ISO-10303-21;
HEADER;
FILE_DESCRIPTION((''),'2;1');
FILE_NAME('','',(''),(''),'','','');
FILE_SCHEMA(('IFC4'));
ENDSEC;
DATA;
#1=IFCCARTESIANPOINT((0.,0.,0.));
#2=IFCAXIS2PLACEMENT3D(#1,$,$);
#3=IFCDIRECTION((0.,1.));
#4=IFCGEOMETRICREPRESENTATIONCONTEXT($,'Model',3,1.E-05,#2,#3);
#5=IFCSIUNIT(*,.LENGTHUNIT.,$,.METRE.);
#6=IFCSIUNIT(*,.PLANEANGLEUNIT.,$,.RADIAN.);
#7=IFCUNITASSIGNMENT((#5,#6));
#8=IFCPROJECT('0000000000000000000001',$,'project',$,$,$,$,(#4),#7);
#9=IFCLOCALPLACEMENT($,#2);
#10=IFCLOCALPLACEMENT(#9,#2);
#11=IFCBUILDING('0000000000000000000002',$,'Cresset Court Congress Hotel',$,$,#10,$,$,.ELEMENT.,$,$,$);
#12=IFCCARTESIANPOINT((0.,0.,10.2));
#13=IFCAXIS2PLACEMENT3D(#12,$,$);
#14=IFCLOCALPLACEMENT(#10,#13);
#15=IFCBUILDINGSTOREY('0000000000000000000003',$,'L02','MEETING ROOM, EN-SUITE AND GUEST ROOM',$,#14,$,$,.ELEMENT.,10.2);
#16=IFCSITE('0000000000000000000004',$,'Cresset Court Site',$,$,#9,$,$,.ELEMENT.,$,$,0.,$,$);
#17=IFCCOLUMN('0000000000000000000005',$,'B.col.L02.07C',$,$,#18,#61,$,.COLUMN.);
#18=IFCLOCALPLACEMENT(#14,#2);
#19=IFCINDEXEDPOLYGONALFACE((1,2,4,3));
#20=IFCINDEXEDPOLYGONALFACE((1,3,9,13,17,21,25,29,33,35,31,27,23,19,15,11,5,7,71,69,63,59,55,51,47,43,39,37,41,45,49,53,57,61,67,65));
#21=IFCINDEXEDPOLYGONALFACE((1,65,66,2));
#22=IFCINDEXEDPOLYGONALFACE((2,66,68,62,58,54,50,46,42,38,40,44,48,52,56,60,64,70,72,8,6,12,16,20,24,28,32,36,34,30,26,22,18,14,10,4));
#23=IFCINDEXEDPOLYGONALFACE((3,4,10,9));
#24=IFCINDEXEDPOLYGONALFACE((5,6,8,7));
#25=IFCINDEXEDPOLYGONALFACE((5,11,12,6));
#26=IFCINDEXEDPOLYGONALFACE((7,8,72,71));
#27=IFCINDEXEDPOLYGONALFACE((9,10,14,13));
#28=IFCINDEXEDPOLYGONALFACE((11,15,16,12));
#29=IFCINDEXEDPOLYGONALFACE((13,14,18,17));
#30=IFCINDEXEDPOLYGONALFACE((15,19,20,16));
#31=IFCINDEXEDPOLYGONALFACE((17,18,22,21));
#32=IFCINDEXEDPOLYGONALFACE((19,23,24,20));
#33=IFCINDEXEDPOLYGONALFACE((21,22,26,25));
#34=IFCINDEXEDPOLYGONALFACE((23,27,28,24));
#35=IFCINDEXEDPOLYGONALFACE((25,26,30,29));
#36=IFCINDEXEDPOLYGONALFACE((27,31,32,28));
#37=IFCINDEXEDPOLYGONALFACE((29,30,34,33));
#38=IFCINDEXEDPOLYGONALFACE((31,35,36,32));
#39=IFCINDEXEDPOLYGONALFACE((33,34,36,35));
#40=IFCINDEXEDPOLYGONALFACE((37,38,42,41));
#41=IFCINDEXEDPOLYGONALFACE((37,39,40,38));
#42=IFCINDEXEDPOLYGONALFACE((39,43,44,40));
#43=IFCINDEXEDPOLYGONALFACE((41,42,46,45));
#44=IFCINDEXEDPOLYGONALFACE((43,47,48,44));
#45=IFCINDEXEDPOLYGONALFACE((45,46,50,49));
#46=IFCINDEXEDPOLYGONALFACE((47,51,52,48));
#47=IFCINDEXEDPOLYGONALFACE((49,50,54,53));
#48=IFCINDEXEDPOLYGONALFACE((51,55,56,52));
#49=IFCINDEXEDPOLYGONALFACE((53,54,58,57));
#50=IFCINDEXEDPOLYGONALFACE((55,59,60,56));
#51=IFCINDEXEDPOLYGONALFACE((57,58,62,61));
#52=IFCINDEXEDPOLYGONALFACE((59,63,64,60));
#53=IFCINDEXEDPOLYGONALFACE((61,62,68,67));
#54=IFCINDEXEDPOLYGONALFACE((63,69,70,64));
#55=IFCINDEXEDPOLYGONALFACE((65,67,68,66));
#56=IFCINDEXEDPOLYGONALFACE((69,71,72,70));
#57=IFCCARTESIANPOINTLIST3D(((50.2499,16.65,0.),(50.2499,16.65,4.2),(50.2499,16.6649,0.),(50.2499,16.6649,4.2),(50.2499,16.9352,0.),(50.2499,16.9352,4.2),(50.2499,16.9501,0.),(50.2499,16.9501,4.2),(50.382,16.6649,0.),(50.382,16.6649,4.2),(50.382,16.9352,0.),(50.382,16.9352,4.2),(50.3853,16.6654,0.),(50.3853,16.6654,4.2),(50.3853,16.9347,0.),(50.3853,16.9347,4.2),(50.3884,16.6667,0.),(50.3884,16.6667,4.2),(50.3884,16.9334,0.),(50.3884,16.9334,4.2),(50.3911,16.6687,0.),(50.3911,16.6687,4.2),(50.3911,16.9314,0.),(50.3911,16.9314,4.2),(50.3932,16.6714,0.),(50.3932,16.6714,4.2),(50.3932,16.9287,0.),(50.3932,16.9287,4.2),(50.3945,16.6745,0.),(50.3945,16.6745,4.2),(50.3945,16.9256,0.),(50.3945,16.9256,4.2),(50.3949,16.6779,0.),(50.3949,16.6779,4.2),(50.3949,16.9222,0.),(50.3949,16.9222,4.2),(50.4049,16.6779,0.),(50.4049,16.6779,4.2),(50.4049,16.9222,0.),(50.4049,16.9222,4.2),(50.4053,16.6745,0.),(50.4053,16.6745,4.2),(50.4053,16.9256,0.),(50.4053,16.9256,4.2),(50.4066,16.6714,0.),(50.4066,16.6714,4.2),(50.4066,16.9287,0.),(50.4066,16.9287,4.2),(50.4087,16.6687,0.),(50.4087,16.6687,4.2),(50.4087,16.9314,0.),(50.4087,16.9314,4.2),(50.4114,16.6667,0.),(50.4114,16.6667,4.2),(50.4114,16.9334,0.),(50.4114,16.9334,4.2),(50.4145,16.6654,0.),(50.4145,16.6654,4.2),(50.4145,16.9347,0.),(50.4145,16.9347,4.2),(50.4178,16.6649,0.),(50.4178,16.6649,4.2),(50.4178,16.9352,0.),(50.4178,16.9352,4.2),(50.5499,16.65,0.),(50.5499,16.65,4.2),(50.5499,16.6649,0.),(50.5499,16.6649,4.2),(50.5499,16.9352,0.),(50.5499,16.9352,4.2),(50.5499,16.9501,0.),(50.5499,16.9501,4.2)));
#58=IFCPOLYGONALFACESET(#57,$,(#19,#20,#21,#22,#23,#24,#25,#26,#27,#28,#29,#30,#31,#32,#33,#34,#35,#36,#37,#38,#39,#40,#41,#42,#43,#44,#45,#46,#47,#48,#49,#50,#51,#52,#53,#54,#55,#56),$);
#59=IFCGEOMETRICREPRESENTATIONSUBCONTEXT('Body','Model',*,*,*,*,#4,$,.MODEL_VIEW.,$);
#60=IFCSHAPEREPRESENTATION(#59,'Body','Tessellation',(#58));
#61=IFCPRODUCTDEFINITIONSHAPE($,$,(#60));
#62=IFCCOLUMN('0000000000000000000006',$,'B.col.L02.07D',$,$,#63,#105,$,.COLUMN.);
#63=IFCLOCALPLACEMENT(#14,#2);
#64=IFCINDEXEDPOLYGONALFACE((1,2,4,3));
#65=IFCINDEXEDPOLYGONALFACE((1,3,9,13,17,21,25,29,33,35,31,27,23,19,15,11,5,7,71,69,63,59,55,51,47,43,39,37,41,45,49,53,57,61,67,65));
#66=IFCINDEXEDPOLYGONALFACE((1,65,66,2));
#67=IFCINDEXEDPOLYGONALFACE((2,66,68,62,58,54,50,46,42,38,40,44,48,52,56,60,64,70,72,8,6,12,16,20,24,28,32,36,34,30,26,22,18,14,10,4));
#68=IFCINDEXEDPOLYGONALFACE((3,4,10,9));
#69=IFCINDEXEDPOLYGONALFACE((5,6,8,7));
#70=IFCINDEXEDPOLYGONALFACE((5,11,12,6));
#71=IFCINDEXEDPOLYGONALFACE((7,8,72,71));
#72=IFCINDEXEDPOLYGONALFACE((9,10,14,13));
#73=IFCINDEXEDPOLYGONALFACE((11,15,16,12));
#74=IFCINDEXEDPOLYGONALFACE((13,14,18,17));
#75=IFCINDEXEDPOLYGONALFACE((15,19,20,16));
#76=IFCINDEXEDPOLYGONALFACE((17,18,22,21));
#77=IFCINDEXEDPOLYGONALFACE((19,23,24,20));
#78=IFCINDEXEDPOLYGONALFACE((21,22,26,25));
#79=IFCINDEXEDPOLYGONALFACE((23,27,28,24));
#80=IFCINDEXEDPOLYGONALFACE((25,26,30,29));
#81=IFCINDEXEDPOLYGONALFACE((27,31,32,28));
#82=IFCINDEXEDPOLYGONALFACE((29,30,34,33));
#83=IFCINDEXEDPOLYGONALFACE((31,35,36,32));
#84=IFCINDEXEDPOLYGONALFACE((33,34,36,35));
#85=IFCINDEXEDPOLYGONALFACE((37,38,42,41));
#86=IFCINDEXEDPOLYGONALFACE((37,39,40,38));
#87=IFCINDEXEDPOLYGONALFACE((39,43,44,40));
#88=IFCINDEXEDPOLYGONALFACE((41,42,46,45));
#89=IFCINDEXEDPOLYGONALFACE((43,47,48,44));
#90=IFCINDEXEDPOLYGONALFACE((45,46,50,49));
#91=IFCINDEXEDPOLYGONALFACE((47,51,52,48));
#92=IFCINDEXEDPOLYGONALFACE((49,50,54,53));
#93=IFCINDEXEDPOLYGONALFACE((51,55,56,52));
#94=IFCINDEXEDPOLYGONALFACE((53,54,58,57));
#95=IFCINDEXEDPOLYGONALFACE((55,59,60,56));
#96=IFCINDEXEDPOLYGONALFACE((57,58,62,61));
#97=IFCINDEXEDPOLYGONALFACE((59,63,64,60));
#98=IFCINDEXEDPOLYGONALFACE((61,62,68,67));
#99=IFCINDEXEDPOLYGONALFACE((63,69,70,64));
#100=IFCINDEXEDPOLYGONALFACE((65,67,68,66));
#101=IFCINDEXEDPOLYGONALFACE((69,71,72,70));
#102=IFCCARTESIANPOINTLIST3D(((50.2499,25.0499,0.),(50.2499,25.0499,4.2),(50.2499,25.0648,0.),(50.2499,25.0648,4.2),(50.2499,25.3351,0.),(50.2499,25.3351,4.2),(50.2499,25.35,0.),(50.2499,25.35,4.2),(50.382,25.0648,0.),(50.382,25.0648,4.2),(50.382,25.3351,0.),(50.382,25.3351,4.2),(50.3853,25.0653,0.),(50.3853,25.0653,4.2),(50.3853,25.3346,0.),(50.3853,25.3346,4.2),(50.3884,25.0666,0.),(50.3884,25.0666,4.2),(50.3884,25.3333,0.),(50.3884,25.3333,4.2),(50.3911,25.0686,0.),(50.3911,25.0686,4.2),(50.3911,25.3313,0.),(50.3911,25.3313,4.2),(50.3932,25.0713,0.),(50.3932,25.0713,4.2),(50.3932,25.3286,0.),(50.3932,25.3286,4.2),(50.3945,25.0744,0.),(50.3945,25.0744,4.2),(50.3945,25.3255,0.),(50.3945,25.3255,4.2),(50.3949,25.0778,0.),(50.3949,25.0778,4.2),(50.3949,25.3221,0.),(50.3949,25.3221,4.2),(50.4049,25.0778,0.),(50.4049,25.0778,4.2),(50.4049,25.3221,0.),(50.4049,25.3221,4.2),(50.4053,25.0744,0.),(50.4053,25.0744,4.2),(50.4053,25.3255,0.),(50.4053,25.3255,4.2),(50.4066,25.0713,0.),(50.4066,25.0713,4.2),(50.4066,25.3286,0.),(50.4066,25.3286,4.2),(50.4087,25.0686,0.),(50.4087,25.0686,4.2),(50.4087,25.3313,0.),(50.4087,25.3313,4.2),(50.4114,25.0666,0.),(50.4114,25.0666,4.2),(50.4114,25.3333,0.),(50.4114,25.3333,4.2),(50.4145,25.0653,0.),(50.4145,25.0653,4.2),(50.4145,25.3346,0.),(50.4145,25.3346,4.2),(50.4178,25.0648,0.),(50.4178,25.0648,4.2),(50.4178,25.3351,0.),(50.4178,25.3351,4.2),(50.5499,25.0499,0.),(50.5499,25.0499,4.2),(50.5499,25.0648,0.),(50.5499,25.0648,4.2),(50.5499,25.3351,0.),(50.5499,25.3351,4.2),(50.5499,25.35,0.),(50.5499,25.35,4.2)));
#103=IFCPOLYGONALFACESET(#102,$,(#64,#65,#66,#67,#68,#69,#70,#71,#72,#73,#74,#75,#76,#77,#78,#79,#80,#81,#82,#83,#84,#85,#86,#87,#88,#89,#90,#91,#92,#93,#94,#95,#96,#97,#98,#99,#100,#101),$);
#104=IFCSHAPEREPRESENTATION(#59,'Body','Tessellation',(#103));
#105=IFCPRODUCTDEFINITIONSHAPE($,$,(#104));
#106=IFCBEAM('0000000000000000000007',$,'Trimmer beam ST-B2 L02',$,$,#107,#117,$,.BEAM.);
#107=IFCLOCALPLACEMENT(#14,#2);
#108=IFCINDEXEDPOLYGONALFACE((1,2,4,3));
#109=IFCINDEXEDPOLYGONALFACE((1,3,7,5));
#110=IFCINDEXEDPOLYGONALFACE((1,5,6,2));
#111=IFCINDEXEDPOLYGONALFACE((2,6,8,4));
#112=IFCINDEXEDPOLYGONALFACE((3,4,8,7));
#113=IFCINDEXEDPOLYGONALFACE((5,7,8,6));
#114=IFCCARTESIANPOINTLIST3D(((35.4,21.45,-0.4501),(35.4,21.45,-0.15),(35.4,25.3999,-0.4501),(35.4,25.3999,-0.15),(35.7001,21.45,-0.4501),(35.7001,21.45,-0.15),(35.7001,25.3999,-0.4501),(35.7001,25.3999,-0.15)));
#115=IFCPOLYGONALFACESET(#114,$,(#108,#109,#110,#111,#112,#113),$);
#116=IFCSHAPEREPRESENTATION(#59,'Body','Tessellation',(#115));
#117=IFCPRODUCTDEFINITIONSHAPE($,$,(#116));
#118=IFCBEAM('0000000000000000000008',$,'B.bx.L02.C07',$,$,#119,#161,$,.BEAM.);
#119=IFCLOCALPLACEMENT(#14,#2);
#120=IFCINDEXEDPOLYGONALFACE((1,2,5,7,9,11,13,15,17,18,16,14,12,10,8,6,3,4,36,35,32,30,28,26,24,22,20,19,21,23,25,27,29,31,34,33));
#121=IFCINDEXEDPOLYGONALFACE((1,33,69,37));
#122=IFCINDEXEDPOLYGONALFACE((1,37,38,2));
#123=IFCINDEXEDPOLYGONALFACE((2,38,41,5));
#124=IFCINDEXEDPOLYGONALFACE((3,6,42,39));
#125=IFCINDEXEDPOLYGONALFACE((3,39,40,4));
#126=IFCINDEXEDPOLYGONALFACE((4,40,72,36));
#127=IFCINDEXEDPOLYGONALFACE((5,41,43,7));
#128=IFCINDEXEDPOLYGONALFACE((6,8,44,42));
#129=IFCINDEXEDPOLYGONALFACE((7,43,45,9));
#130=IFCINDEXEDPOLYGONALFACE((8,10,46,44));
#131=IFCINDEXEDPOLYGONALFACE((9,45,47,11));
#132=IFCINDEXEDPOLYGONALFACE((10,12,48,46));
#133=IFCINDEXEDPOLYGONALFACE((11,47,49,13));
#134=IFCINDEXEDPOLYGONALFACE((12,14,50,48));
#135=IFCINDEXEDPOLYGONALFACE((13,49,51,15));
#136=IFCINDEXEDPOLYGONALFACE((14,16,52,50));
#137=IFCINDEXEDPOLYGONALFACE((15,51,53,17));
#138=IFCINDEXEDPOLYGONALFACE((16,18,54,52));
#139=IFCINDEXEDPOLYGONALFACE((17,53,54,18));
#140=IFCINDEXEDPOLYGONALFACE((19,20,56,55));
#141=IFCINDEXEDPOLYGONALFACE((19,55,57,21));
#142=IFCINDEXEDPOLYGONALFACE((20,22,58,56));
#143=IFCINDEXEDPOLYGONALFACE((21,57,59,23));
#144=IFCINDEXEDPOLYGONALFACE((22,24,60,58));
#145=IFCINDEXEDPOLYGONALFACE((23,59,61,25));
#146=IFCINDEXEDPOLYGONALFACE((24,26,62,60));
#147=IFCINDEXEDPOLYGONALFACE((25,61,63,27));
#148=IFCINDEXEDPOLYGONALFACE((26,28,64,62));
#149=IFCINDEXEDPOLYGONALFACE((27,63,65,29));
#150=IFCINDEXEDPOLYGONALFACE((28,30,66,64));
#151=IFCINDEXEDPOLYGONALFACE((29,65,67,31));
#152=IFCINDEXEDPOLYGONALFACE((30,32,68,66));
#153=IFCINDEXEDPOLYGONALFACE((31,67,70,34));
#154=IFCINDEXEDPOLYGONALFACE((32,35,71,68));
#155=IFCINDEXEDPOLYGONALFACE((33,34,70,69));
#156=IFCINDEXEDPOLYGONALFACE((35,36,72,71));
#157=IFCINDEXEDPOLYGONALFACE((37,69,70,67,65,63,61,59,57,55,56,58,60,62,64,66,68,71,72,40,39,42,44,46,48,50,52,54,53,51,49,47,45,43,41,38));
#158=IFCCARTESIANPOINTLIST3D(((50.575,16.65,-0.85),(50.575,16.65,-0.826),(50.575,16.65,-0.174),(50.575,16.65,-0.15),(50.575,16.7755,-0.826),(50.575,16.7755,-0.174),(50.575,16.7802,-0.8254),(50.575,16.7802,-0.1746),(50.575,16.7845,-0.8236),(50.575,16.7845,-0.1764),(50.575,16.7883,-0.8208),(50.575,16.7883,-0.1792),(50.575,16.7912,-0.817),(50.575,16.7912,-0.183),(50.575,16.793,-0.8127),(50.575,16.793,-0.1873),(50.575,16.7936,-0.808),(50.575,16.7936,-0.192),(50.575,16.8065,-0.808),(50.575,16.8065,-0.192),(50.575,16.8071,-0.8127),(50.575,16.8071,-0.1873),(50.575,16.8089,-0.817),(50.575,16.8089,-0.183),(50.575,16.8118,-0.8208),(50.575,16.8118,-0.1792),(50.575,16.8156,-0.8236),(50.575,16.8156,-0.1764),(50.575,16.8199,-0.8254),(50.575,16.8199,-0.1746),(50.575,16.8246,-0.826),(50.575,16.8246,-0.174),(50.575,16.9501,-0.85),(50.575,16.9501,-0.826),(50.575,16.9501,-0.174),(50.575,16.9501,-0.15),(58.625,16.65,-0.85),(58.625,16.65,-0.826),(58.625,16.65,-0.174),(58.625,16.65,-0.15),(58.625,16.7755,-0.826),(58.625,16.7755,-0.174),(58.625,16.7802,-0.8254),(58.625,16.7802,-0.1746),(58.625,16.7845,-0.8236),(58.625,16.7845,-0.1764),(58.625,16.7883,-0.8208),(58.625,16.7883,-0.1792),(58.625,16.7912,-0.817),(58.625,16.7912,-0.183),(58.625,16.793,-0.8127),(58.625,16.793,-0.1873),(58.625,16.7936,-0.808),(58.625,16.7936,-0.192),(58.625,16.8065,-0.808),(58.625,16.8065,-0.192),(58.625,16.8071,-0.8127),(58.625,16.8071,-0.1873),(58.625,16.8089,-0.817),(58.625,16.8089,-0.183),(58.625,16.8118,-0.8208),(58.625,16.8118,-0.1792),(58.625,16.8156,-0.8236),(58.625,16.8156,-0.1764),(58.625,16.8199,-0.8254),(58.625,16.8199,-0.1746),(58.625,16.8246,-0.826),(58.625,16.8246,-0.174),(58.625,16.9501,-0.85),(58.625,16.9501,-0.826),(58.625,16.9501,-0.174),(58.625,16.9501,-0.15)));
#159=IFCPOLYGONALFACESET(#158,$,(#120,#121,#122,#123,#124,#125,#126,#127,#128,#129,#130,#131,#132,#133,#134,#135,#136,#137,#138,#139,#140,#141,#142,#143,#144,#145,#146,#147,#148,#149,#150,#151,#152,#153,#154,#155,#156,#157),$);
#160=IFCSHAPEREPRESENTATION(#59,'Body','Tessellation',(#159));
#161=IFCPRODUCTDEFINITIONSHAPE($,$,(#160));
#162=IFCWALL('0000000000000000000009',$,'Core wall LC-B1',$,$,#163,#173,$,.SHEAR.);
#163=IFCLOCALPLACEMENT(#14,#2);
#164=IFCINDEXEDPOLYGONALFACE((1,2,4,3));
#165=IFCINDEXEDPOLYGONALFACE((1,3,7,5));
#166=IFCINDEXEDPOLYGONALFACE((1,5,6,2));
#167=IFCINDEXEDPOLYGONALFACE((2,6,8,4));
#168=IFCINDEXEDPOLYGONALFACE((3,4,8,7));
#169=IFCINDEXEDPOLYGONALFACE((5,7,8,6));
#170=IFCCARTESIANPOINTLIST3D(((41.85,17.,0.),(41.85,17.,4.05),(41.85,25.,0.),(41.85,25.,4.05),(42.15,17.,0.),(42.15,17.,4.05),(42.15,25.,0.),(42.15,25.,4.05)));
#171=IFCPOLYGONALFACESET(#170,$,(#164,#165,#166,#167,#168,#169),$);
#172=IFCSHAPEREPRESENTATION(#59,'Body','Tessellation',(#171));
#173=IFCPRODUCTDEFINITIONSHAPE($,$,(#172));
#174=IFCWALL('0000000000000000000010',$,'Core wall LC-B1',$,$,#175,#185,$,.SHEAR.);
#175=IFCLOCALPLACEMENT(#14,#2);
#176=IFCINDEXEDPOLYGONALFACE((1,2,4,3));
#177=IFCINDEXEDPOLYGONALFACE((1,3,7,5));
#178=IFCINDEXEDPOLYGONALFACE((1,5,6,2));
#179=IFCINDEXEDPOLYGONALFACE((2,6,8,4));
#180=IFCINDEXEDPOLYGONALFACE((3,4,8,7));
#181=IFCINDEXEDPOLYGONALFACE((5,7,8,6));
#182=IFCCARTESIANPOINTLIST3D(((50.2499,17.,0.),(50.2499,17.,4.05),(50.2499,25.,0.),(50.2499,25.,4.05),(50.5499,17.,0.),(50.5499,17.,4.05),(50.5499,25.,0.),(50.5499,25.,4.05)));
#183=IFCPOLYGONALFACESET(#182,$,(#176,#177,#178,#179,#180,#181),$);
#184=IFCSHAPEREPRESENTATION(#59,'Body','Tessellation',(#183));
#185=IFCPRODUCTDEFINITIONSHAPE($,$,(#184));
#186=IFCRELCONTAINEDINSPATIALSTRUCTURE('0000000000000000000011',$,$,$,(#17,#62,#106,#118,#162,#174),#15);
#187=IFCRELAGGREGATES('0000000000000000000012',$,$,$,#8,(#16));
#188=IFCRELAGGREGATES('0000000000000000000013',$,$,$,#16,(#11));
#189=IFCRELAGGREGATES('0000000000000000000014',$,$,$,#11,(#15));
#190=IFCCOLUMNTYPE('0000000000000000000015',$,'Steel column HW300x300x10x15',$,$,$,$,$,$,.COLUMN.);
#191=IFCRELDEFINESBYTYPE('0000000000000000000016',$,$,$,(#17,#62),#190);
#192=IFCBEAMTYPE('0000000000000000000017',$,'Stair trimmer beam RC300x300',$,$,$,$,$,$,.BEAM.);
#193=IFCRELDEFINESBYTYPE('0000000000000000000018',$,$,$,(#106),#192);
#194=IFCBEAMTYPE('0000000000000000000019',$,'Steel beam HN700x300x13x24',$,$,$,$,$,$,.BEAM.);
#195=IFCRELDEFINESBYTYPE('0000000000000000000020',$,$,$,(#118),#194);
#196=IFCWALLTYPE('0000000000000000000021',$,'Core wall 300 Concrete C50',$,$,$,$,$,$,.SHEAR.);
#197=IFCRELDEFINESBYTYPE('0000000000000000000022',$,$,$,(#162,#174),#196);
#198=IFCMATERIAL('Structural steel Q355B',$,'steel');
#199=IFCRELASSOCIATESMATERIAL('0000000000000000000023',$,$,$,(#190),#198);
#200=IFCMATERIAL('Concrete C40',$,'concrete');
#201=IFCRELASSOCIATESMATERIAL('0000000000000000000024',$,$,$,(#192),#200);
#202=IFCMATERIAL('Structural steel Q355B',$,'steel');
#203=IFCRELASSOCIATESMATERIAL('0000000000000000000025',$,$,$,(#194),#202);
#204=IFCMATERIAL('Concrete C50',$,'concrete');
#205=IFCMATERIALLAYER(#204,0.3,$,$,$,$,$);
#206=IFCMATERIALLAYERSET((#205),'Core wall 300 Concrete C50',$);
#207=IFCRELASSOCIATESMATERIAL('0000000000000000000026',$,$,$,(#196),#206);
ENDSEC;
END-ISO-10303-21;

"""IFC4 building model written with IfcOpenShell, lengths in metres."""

from ifc_helpers import new_model, si_unit, direction, frame, frame_2d, origin, origin_2d, place, context, subcontext, project, spatial, rectangle, i_section, extrude, material, layer, layer_set, material_profile, profile_set, type_object, element, save


model = new_model("IFC4")

# Units and contexts
model_context = context("Model", 3, precision=1e-05, world=origin(), true_north=direction((0.0, 1.0)))
body_context = subcontext(model_context, "Body", "Model", "MODEL_VIEW")
ifc_project = project(units=[si_unit("LENGTHUNIT", "METRE"), si_unit("PLANEANGLEUNIT", "RADIAN")], contexts=[model_context])

# Site, building, storey
site_placement = place(None, origin())
site = spatial("IfcSite", under=ifc_project, at=site_placement, Name="Cresset Court Site", CompositionType="ELEMENT", RefElevation=0.0)
building_placement = place(site_placement, origin())
building = spatial("IfcBuilding", under=site, at=building_placement, Name="Cresset Court Congress Hotel", CompositionType="ELEMENT")
storey_placement = place(building_placement, frame((0.0, 0.0, 10.2)))
storey = spatial("IfcBuildingStorey", under=building, at=storey_placement, Name="L02", Description="MEETING ROOM, EN-SUITE AND GUEST ROOM", CompositionType="ELEMENT", Elevation=10.2)

# Columns
ifc_material_1 = material(Name="Structural steel Q355B", Category="steel")
ifc_material_profile_1 = material_profile(ifc_material_1, i_section(OverallWidth=0.3, OverallDepth=0.3, WebThickness=0.01, FlangeThickness=0.0149, FilletRadius=0.0129, at=origin_2d()), Name="HW300x300x10x15")
ifc_profile_set_1 = profile_set([ifc_material_profile_1], Name="Structural steel Q355B")
column_type = type_object("IfcColumnType", Name="Steel column HW300x300x10x15", PredefinedType="COLUMN", material=ifc_profile_set_1)
for number, where, z_axis, x_axis, name in (
    (1, (50.3999, 16.8, 0.0), (0.0, 0.0, 1.0), (1.0, 0.0, 0.0), "B.col.L02.07C"),
    (2, (50.3999, 25.2, 0.0), (0.0, 0.0, 1.0), (1.0, 0.0, 0.0), "B.col.L02.07D"),
):
    element("IfcColumn", number, at=place(storey_placement, frame(where, z_axis=z_axis, x_axis=x_axis)), inside=storey, type_object=column_type, Name=name, PredefinedType="COLUMN", context=body_context, shape_type="SweptSolid", body=[
        extrude(i_section(OverallWidth=0.3, OverallDepth=0.3, WebThickness=0.01, FlangeThickness=0.0149, FilletRadius=0.0129, at=origin_2d()), origin(), (0.0, 0.0, 1.0), 4.2),
    ])

# Beams
ifc_material_2 = material(Name="Concrete C40", Category="concrete")
ifc_material_profile_2 = material_profile(ifc_material_2, rectangle(XDim=0.3, YDim=0.3, at=origin_2d()), Name="RC300x300")
ifc_profile_set_2 = profile_set([ifc_material_profile_2], Name="Concrete C40")
beam_type_1 = type_object("IfcBeamType", Name="Stair trimmer beam RC300x300", PredefinedType="BEAM", material=ifc_profile_set_2)
beam_1_placement = place(storey_placement, frame((35.55, 21.45, -0.3), z_axis=(0.0, 1.0, 0.0), x_axis=(-1.0, 0.0, 0.0)))
element("IfcBeam", 3, at=beam_1_placement, inside=storey, type_object=beam_type_1, Name="Trimmer beam ST-B2 L02", PredefinedType="BEAM", context=body_context, shape_type="SweptSolid", body=[
    extrude(rectangle(XDim=0.3, YDim=0.3, at=origin_2d()), origin(), (0.0, 0.0, 1.0), 3.95),
])
ifc_material_3 = material(Name="Structural steel Q355B", Category="steel")
ifc_material_profile_3 = material_profile(ifc_material_3, i_section(OverallWidth=0.3, OverallDepth=0.7, WebThickness=0.0129, FlangeThickness=0.0239, FilletRadius=0.0181, at=origin_2d()), Name="HN700x300x13x24")
ifc_profile_set_3 = profile_set([ifc_material_profile_3], Name="Structural steel Q355B")
beam_type_2 = type_object("IfcBeamType", Name="Steel beam HN700x300x13x24", PredefinedType="BEAM", material=ifc_profile_set_3)
beam_2_placement = place(storey_placement, frame((50.575, 16.8, -0.5), z_axis=(1.0, 0.0, 0.0), x_axis=(0.0, 1.0, 0.0)))
element("IfcBeam", 4, at=beam_2_placement, inside=storey, type_object=beam_type_2, Name="B.bx.L02.C07", PredefinedType="BEAM", context=body_context, shape_type="SweptSolid", body=[
    extrude(i_section(OverallWidth=0.3, OverallDepth=0.7, WebThickness=0.0129, FlangeThickness=0.0239, FilletRadius=0.0181, at=origin_2d()), origin(), (0.0, 0.0, 1.0), 8.05),
])

# Walls
ifc_material_4 = material(Name="Concrete C50", Category="concrete")
ifc_layer_1 = layer(ifc_material_4, 0.3)
ifc_layer_set_1 = layer_set([ifc_layer_1], Name="Core wall 300 Concrete C50")
wall_type_1 = type_object("IfcWallType", Name="Core wall 300 Concrete C50", PredefinedType="SHEAR", material=ifc_layer_set_1)
for number, where, z_axis, x_axis, name in (
    (5, (42.0, 17.0, 0.0), (0.0, 0.0, 1.0), (0.0, 1.0, 0.0), "Core wall LC-B1"),
    (6, (50.3999, 17.0, 0.0), (0.0, 0.0, 1.0), (0.0, 1.0, 0.0), "Core wall LC-B1"),
):
    element("IfcWall", number, at=place(storey_placement, frame(where, z_axis=z_axis, x_axis=x_axis)), inside=storey, type_object=wall_type_1, Name=name, PredefinedType="SHEAR", context=body_context, shape_type="SweptSolid", body=[
        extrude(rectangle(XDim=8.0, YDim=0.3, at=frame_2d((4.0, 0.0))), origin(), (0.0, 0.0, 1.0), 4.05),
    ])

save(model, "model.ifc")
